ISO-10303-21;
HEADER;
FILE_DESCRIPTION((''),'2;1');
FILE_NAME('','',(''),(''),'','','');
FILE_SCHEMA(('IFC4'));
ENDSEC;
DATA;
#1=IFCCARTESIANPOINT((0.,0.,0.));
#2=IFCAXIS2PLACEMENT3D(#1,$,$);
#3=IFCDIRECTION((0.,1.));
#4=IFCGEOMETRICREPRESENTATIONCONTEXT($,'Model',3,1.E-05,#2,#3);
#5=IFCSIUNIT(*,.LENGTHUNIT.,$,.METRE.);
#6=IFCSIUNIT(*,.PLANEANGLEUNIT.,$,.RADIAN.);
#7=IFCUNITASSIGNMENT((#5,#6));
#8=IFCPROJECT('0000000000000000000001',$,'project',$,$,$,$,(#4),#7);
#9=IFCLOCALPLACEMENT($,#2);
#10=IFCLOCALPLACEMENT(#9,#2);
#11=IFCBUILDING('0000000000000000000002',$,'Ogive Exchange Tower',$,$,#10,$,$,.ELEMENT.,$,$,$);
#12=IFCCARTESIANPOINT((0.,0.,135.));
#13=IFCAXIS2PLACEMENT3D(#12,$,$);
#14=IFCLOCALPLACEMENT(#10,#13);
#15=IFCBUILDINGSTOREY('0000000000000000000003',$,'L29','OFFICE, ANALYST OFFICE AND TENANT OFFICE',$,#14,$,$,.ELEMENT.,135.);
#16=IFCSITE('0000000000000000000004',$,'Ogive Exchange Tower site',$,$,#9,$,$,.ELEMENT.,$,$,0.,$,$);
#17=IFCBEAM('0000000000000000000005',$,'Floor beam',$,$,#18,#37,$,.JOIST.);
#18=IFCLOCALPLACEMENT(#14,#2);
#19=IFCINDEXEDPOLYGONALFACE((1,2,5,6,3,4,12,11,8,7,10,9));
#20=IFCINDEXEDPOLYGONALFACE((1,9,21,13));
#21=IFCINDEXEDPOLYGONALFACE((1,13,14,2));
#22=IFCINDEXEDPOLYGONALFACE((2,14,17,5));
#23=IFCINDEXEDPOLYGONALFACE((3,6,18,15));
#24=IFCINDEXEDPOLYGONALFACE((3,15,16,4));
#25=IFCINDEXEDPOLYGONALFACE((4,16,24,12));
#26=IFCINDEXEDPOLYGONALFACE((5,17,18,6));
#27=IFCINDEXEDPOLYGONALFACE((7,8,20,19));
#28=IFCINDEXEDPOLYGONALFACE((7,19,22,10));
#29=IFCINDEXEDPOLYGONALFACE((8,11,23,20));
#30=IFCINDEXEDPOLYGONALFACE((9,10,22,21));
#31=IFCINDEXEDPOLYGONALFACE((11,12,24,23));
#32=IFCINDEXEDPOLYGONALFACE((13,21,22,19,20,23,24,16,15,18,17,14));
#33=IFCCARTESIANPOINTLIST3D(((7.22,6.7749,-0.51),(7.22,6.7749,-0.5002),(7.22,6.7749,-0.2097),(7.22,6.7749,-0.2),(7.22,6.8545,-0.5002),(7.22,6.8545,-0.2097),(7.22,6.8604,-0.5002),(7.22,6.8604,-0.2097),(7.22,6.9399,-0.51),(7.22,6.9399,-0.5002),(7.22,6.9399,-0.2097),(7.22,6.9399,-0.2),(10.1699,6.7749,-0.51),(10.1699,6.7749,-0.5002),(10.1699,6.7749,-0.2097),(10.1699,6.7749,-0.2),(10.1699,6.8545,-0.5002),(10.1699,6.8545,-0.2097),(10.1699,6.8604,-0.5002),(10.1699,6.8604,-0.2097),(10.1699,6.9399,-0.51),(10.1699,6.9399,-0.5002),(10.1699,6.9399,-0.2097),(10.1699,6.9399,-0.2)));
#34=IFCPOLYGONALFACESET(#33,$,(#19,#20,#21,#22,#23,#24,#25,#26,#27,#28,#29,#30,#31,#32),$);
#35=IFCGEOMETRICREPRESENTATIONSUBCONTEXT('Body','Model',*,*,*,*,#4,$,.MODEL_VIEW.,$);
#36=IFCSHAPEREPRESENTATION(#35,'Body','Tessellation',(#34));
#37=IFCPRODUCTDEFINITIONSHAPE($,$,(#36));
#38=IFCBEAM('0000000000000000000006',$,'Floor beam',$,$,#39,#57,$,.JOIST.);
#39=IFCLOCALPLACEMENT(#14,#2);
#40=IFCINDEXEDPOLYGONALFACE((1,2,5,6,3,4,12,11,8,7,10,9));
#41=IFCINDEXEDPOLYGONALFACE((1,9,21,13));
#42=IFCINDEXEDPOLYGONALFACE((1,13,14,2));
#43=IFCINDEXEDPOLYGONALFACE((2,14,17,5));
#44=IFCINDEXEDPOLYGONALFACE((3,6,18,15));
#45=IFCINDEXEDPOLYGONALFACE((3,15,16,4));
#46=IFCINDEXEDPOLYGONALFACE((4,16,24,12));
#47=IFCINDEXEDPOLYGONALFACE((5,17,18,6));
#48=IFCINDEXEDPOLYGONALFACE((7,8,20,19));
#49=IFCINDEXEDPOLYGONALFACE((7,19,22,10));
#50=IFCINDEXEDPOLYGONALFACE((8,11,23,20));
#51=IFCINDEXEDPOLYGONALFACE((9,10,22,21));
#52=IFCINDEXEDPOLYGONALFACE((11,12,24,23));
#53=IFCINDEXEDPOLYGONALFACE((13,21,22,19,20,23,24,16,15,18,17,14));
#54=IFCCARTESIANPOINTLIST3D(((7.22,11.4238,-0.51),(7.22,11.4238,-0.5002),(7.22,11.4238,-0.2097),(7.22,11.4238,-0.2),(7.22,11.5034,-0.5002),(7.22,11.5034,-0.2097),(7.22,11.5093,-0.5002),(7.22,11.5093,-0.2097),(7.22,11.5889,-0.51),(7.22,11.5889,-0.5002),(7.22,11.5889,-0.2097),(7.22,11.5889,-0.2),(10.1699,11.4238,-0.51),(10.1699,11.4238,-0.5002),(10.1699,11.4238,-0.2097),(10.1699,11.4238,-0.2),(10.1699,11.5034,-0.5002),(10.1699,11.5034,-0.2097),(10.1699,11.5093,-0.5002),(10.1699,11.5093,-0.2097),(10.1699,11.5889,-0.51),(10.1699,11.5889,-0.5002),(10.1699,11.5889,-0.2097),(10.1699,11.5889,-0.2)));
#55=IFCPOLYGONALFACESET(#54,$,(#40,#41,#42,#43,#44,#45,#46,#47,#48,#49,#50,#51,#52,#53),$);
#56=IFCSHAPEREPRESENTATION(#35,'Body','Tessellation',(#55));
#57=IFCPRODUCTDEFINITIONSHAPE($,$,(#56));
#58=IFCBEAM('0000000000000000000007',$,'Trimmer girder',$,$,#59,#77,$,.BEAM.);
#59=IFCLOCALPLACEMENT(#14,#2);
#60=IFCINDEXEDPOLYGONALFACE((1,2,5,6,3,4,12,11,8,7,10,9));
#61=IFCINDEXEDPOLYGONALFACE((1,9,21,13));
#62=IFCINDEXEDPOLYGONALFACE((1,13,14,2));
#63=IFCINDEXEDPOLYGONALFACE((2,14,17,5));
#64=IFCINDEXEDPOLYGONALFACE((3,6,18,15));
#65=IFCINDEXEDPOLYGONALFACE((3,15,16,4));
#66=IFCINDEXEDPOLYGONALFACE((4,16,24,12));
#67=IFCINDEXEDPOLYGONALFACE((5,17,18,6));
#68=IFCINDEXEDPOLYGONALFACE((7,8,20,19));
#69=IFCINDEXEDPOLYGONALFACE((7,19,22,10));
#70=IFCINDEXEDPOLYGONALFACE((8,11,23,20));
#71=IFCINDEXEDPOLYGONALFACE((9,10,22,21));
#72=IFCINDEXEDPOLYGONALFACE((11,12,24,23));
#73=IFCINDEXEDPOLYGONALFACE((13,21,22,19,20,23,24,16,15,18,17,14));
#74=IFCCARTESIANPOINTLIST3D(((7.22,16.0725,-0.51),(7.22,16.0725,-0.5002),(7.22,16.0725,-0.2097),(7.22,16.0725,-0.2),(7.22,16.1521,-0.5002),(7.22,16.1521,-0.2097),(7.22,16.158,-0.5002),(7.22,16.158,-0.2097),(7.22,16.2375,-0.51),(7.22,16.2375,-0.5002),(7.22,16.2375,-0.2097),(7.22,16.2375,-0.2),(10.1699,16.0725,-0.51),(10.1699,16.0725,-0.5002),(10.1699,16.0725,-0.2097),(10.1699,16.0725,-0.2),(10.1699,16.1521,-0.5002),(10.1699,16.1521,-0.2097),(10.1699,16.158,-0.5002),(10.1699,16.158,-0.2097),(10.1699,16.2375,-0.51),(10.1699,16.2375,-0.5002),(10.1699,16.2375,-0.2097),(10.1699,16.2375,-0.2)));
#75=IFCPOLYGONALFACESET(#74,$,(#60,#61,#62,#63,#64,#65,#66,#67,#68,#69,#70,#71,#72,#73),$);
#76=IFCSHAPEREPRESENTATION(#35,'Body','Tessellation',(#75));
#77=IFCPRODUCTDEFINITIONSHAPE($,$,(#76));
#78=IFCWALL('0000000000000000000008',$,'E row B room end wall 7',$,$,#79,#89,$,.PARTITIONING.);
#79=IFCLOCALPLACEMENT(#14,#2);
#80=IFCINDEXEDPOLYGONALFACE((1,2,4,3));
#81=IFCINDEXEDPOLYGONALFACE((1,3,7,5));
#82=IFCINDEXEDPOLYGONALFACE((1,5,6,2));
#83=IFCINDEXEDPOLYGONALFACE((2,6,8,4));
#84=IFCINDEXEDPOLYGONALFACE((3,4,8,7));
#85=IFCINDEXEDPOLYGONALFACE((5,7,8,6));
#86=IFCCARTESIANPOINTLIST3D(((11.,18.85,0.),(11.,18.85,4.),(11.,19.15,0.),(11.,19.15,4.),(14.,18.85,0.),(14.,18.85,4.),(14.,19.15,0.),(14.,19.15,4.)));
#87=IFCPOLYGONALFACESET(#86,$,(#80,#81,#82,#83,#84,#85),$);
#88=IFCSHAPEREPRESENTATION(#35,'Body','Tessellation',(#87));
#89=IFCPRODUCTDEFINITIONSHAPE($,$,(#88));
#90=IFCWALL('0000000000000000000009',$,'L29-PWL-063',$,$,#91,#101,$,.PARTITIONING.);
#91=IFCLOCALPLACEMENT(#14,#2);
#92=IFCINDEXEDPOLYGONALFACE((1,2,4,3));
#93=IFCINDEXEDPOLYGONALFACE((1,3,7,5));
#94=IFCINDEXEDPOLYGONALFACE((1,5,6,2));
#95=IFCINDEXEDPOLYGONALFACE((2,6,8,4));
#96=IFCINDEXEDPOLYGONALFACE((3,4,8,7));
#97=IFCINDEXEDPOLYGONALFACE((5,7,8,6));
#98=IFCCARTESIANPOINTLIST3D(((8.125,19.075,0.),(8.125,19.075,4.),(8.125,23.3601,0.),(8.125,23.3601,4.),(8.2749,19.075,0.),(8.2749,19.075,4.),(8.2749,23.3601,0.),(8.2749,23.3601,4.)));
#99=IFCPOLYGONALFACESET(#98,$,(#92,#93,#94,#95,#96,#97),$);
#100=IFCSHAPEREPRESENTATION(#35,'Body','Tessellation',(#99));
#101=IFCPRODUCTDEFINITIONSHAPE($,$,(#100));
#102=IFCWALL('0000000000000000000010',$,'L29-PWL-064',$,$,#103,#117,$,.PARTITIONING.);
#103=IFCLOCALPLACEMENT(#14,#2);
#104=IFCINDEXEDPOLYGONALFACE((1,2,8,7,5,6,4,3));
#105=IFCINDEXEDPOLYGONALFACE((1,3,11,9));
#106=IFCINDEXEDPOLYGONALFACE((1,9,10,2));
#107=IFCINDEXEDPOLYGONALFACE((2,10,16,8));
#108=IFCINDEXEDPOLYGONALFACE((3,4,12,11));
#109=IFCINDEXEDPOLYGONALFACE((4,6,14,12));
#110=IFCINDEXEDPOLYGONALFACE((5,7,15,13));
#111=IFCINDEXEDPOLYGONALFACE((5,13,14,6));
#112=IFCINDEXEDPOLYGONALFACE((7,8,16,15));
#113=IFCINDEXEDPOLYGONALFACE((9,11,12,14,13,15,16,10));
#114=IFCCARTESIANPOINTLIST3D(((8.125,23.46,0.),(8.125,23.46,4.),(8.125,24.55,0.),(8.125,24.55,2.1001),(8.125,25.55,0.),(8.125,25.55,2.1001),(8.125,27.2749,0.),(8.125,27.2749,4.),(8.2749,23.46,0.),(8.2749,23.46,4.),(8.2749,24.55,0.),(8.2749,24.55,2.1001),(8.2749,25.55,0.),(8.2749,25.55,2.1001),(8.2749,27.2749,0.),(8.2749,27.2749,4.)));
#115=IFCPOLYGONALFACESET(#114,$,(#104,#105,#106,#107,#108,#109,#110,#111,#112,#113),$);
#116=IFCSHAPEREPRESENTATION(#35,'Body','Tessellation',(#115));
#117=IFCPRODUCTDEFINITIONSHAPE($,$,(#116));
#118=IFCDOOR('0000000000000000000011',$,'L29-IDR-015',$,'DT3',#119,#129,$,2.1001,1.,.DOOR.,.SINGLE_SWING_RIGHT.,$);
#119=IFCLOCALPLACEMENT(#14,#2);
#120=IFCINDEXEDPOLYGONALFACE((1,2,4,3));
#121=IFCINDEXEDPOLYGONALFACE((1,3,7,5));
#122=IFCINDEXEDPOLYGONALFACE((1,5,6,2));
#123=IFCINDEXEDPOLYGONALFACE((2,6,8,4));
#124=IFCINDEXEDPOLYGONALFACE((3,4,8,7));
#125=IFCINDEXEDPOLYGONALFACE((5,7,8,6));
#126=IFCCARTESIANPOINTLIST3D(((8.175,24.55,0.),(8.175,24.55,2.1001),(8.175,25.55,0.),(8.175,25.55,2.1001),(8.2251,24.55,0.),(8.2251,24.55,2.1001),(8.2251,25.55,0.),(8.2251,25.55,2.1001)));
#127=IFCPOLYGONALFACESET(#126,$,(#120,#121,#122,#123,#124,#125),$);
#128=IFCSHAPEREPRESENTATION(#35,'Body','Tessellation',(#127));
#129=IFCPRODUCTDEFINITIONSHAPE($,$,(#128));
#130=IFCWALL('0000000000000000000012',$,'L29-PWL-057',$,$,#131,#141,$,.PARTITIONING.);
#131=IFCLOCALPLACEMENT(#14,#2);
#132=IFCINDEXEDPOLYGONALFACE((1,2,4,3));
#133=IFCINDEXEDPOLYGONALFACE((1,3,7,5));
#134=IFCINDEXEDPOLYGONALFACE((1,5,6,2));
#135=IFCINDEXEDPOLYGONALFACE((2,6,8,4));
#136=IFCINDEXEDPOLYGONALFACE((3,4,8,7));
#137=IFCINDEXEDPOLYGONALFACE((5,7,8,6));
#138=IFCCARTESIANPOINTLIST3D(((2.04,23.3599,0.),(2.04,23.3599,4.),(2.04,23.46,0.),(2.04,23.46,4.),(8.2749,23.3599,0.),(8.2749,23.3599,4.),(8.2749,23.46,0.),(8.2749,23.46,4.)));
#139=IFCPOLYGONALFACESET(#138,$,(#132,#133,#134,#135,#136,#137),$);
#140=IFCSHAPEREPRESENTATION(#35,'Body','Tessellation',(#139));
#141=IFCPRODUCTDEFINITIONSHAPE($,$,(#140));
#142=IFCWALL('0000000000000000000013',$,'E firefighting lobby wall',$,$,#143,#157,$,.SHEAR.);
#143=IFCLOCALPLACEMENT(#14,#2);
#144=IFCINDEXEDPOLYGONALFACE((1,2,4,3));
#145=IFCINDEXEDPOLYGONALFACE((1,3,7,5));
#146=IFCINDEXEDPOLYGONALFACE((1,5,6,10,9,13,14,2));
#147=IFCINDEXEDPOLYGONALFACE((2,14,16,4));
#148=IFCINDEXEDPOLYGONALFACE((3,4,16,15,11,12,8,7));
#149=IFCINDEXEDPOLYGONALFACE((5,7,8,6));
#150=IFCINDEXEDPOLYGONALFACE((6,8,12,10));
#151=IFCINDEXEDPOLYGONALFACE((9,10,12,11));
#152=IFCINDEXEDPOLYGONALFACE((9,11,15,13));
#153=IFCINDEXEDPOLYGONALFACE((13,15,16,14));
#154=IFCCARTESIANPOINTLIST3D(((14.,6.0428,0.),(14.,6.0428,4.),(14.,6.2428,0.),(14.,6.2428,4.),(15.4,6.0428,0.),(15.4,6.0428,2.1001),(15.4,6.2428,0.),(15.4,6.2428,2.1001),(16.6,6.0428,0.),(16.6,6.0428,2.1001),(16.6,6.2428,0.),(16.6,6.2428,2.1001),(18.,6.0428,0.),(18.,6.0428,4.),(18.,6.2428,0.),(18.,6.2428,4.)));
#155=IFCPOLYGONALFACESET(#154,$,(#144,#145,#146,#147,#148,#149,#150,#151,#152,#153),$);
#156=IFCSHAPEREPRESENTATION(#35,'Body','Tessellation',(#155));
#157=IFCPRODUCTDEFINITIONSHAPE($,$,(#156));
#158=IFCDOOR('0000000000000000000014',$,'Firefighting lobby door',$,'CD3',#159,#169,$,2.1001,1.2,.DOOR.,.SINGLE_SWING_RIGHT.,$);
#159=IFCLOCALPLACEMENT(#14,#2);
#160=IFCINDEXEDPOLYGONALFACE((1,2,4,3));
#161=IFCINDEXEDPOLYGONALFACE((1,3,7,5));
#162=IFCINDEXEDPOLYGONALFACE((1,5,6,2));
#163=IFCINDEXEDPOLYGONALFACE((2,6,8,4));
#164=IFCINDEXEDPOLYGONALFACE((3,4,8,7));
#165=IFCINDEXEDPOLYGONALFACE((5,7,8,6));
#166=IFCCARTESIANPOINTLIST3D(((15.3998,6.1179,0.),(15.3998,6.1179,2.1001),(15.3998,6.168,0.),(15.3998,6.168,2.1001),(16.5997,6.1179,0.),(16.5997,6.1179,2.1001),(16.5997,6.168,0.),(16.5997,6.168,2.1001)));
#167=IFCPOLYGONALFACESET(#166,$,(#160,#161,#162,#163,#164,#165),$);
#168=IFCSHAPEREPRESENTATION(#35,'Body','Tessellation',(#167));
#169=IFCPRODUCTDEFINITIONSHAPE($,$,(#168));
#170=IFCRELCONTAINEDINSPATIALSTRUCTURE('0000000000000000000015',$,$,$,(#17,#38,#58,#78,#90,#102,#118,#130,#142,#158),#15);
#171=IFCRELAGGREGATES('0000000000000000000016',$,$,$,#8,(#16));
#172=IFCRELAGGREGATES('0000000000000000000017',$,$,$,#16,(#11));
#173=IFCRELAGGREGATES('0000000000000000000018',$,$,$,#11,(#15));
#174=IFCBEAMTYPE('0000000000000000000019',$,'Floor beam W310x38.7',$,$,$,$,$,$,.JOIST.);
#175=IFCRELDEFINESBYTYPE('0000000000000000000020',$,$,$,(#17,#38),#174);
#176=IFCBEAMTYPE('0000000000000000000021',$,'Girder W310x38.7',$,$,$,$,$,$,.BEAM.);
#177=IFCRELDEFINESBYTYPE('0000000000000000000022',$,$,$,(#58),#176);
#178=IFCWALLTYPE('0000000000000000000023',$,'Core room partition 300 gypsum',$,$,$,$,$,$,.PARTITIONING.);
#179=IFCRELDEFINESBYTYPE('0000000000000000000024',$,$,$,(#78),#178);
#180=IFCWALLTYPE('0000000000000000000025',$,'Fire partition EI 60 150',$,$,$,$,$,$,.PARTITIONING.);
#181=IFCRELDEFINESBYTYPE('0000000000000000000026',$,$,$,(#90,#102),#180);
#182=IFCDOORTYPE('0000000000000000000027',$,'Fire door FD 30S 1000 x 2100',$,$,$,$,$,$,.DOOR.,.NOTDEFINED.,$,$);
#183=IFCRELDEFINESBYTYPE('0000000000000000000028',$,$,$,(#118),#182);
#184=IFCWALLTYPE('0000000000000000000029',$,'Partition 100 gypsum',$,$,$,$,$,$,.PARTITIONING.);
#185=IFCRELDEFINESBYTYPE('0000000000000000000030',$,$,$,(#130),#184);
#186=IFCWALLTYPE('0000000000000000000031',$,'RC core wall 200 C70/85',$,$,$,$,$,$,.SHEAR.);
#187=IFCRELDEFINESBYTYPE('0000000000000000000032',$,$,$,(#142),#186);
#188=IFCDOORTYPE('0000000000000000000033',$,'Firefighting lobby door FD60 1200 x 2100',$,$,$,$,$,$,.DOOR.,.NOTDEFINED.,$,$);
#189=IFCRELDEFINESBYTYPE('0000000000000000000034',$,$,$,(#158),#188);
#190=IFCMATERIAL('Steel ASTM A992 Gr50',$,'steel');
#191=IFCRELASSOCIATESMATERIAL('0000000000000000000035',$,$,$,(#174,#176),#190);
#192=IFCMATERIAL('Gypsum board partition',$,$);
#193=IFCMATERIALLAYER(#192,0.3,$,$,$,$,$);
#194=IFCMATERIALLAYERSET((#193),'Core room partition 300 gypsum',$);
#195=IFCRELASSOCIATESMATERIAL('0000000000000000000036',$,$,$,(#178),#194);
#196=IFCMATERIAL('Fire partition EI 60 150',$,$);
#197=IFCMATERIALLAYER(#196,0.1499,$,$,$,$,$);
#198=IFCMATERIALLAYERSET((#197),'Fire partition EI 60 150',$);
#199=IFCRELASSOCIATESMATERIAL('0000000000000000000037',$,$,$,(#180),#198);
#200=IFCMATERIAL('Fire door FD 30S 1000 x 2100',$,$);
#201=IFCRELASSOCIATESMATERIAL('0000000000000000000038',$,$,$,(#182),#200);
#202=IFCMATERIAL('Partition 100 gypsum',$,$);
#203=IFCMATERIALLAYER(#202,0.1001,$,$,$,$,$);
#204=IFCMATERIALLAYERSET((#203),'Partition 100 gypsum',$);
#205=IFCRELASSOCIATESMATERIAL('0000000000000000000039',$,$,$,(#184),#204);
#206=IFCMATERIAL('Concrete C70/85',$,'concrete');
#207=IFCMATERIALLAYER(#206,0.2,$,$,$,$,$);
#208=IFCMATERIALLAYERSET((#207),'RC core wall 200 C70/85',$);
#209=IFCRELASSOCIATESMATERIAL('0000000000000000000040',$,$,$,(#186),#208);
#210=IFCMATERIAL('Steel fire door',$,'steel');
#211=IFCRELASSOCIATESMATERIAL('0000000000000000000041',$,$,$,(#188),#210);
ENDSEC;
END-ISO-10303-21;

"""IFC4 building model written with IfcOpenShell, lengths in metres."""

from ifc_helpers import new_model, si_unit, direction, frame, frame_2d, origin, origin_2d, place, context, subcontext, project, spatial, rectangle, i_section, extrude, material, layer, layer_set, material_profile, profile_set, type_object, element, fill, save


model = new_model("IFC4")

# Units and contexts
model_context = context("Model", 3, precision=1e-05, world=origin(), true_north=direction((0.0, 1.0)))
body_context = subcontext(model_context, "Body", "Model", "MODEL_VIEW")
ifc_project = project(units=[si_unit("LENGTHUNIT", "METRE"), si_unit("PLANEANGLEUNIT", "RADIAN")], contexts=[model_context])

# Site, building, storey
site_placement = place(None, origin())
site = spatial("IfcSite", under=ifc_project, at=site_placement, Name="Ogive Exchange Tower site", CompositionType="ELEMENT", RefElevation=0.0)
building_placement = place(site_placement, origin())
building = spatial("IfcBuilding", under=site, at=building_placement, Name="Ogive Exchange Tower", CompositionType="ELEMENT")
storey_placement = place(building_placement, frame((0.0, 0.0, 135.0)))
storey = spatial("IfcBuildingStorey", under=building, at=storey_placement, Name="L29", Description="OFFICE, ANALYST OFFICE AND TENANT OFFICE", CompositionType="ELEMENT", Elevation=135.0)

# Beams
ifc_material_1 = material(Name="Steel ASTM A992 Gr50", Category="steel")
ifc_material_profile_1 = material_profile(ifc_material_1, i_section(OverallWidth=0.165, OverallDepth=0.3101, WebThickness=0.0059, FlangeThickness=0.0098, at=origin_2d()), Name="W310x38.7")
ifc_profile_set_1 = profile_set([ifc_material_profile_1], Name="Steel ASTM A992 Gr50")
beam_type_1 = type_object("IfcBeamType", Name="Floor beam W310x38.7", PredefinedType="JOIST", material=ifc_profile_set_1)
for number, where, z_axis, x_axis, name in (
    (1, (7.22, 6.8574, -0.355), (1.0, 0.0, 0.0), (0.0, 1.0, 0.0), "Floor beam"),
    (2, (7.22, 11.5063, -0.355), (1.0, 0.0, 0.0), (0.0, 1.0, 0.0), "Floor beam"),
):
    element("IfcBeam", number, at=place(storey_placement, frame(where, z_axis=z_axis, x_axis=x_axis)), inside=storey, type_object=beam_type_1, Name=name, PredefinedType="JOIST", context=body_context, shape_type="SweptSolid", body=[
        extrude(i_section(OverallWidth=0.165, OverallDepth=0.3101, WebThickness=0.0059, FlangeThickness=0.0098, at=origin_2d()), origin(), (0.0, 0.0, 1.0), 2.95),
    ])
ifc_material_profile_2 = material_profile(ifc_material_1, i_section(OverallWidth=0.165, OverallDepth=0.3101, WebThickness=0.0059, FlangeThickness=0.0098, at=origin_2d()), Name="W310x38.7")
ifc_profile_set_2 = profile_set([ifc_material_profile_2], Name="Steel ASTM A992 Gr50")
beam_type_2 = type_object("IfcBeamType", Name="Girder W310x38.7", PredefinedType="BEAM", material=ifc_profile_set_2)
beam_placement = place(storey_placement, frame((7.22, 16.155, -0.355), z_axis=(1.0, 0.0, 0.0), x_axis=(0.0, 1.0, 0.0)))
element("IfcBeam", 3, at=beam_placement, inside=storey, type_object=beam_type_2, Name="Trimmer girder", PredefinedType="BEAM", context=body_context, shape_type="SweptSolid", body=[
    extrude(i_section(OverallWidth=0.165, OverallDepth=0.3101, WebThickness=0.0059, FlangeThickness=0.0098, at=origin_2d()), origin(), (0.0, 0.0, 1.0), 2.95),
])

# Walls
ifc_material_2 = material(Name="Gypsum board partition")
ifc_layer_1 = layer(ifc_material_2, 0.3)
ifc_layer_set_1 = layer_set([ifc_layer_1], Name="Core room partition 300 gypsum")
wall_type_1 = type_object("IfcWallType", Name="Core room partition 300 gypsum", PredefinedType="PARTITIONING", material=ifc_layer_set_1)
wall_1_placement = place(storey_placement, frame((11.0, 19.0, 0.0), z_axis=(0.0, 0.0, 1.0), x_axis=(1.0, 0.0, 0.0)))
element("IfcWall", 4, at=wall_1_placement, inside=storey, type_object=wall_type_1, Name="E row B room end wall 7", PredefinedType="PARTITIONING", context=body_context, shape_type="SweptSolid", body=[
    extrude(rectangle(XDim=3.0, YDim=0.3, at=frame_2d((1.5, 0.0))), origin(), (0.0, 0.0, 1.0), 4.0),
])
ifc_material_3 = material(Name="Fire partition EI 60 150")
ifc_layer_2 = layer(ifc_material_3, 0.1499)
ifc_layer_set_2 = layer_set([ifc_layer_2], Name="Fire partition EI 60 150")
wall_type_2 = type_object("IfcWallType", Name="Fire partition EI 60 150", PredefinedType="PARTITIONING", material=ifc_layer_set_2)
wall_2_placement = place(storey_placement, frame((8.2, 19.075, 0.0), z_axis=(0.0, 0.0, 1.0), x_axis=(0.0, 1.0, 0.0)))
element("IfcWall", 5, at=wall_2_placement, inside=storey, type_object=wall_type_2, Name="L29-PWL-063", PredefinedType="PARTITIONING", context=body_context, shape_type="SweptSolid", body=[
    extrude(rectangle(XDim=4.2852, YDim=0.1499, at=frame_2d((2.1426, 0.0))), origin(), (0.0, 0.0, 1.0), 4.0),
])

# Wall, opening, door
wall_3_placement = place(storey_placement, frame((8.2, 23.46, 0.0), z_axis=(0.0, 0.0, 1.0), x_axis=(0.0, 1.0, 0.0)))
wall_3 = element("IfcWall", 6, at=wall_3_placement, inside=storey, type_object=wall_type_2, Name="L29-PWL-064", PredefinedType="PARTITIONING", context=body_context, shape_type="SweptSolid", body=[
    extrude(rectangle(XDim=3.8149, YDim=0.1499, at=frame_2d((1.9075, 0.0))), origin(), (0.0, 0.0, 1.0), 4.0),
])
opening_1_placement = place(wall_3_placement, frame((1.0901, 0.0, 0.0)))
opening_1 = element("IfcOpeningElement", 7, at=opening_1_placement, cuts=wall_3, PredefinedType="OPENING", context=body_context, shape_type="SweptSolid", body=[
    extrude(rectangle(XDim=1.0, YDim=2.1001, at=frame_2d((0.5, 1.05))), frame((0.0, 0.085, 0.0), z_axis=(0.0, -1.0, 0.0), x_axis=(1.0, 0.0, 0.0)), (0.0, 0.0, 1.0), 0.1699),
])
ifc_material_4 = material(Name="Fire door FD 30S 1000 x 2100")
door_type_1 = type_object("IfcDoorType", Name="Fire door FD 30S 1000 x 2100", OperationType="NOTDEFINED", PredefinedType="DOOR", material=ifc_material_4)
door_1_placement = place(opening_1_placement, origin())
door_1 = element("IfcDoor", 8, at=door_1_placement, inside=storey, type_object=door_type_1, Name="L29-IDR-015", ObjectType="DT3", OperationType="SINGLE_SWING_RIGHT", OverallHeight=2.1001, OverallWidth=1.0, PredefinedType="DOOR", context=body_context, shape_type="SweptSolid", body=[
    extrude(rectangle(XDim=1.0, YDim=2.1001, at=frame_2d((0.5, 1.05))), frame((0.0, 0.0249, 0.0), z_axis=(0.0, -1.0, 0.0), x_axis=(1.0, 0.0, 0.0)), (0.0, 0.0, 1.0), 0.05),
])
fill(opening_1, door_1)

# Wall
ifc_material_5 = material(Name="Partition 100 gypsum")
ifc_layer_3 = layer(ifc_material_5, 0.1001)
ifc_layer_set_3 = layer_set([ifc_layer_3], Name="Partition 100 gypsum")
wall_type_3 = type_object("IfcWallType", Name="Partition 100 gypsum", PredefinedType="PARTITIONING", material=ifc_layer_set_3)
wall_4_placement = place(storey_placement, frame((2.04, 23.4099, 0.0), z_axis=(0.0, 0.0, 1.0), x_axis=(1.0, 0.0, 0.0)))
element("IfcWall", 9, at=wall_4_placement, inside=storey, type_object=wall_type_3, Name="L29-PWL-057", PredefinedType="PARTITIONING", context=body_context, shape_type="SweptSolid", body=[
    extrude(rectangle(XDim=6.2349, YDim=0.1001, at=frame_2d((3.1174, 0.0))), origin(), (0.0, 0.0, 1.0), 4.0),
])

# Wall, opening, door
ifc_material_6 = material(Name="Concrete C70/85", Category="concrete")
ifc_layer_4 = layer(ifc_material_6, 0.2)
ifc_layer_set_4 = layer_set([ifc_layer_4], Name="RC core wall 200 C70/85")
wall_type_4 = type_object("IfcWallType", Name="RC core wall 200 C70/85", PredefinedType="SHEAR", material=ifc_layer_set_4)
wall_5_placement = place(storey_placement, frame((14.0, 6.1428, 0.0), z_axis=(0.0, 0.0, 1.0), x_axis=(1.0, 0.0, 0.0)))
wall_5 = element("IfcWall", 10, at=wall_5_placement, inside=storey, type_object=wall_type_4, Name="E firefighting lobby wall", PredefinedType="SHEAR", context=body_context, shape_type="SweptSolid", body=[
    extrude(rectangle(XDim=4.0, YDim=0.2, at=frame_2d((2.0, 0.0))), origin(), (0.0, 0.0, 1.0), 4.0),
])
opening_2_placement = place(wall_5_placement, frame((1.3999, 0.0, 0.0)))
opening_2 = element("IfcOpeningElement", 11, at=opening_2_placement, cuts=wall_5, PredefinedType="OPENING", context=body_context, shape_type="SweptSolid", body=[
    extrude(rectangle(XDim=1.2, YDim=2.1001, at=frame_2d((0.6001, 1.05))), frame((0.0, 0.1099, 0.0), z_axis=(0.0, -1.0, 0.0), x_axis=(1.0, 0.0, 0.0)), (0.0, 0.0, 1.0), 0.22),
])
ifc_material_7 = material(Name="Steel fire door", Category="steel")
door_type_2 = type_object("IfcDoorType", Name="Firefighting lobby door FD60 1200 x 2100", OperationType="NOTDEFINED", PredefinedType="DOOR", material=ifc_material_7)
door_2_placement = place(opening_2_placement, frame((1.2, 0.0, 0.0), z_axis=(0.0, 0.0, 1.0), x_axis=(-1.0, 0.0, 0.0)))
door_2 = element("IfcDoor", 12, at=door_2_placement, inside=storey, type_object=door_type_2, Name="Firefighting lobby door", ObjectType="CD3", OperationType="SINGLE_SWING_RIGHT", OverallHeight=2.1001, OverallWidth=1.2, PredefinedType="DOOR", context=body_context, shape_type="SweptSolid", body=[
    extrude(rectangle(XDim=1.2, YDim=2.1001, at=frame_2d((0.6001, 1.05))), frame((0.0, 0.0249, 0.0), z_axis=(0.0, -1.0, 0.0), x_axis=(1.0, 0.0, 0.0)), (0.0, 0.0, 1.0), 0.05),
])
fill(opening_2, door_2)

save(model, "model.ifc")
